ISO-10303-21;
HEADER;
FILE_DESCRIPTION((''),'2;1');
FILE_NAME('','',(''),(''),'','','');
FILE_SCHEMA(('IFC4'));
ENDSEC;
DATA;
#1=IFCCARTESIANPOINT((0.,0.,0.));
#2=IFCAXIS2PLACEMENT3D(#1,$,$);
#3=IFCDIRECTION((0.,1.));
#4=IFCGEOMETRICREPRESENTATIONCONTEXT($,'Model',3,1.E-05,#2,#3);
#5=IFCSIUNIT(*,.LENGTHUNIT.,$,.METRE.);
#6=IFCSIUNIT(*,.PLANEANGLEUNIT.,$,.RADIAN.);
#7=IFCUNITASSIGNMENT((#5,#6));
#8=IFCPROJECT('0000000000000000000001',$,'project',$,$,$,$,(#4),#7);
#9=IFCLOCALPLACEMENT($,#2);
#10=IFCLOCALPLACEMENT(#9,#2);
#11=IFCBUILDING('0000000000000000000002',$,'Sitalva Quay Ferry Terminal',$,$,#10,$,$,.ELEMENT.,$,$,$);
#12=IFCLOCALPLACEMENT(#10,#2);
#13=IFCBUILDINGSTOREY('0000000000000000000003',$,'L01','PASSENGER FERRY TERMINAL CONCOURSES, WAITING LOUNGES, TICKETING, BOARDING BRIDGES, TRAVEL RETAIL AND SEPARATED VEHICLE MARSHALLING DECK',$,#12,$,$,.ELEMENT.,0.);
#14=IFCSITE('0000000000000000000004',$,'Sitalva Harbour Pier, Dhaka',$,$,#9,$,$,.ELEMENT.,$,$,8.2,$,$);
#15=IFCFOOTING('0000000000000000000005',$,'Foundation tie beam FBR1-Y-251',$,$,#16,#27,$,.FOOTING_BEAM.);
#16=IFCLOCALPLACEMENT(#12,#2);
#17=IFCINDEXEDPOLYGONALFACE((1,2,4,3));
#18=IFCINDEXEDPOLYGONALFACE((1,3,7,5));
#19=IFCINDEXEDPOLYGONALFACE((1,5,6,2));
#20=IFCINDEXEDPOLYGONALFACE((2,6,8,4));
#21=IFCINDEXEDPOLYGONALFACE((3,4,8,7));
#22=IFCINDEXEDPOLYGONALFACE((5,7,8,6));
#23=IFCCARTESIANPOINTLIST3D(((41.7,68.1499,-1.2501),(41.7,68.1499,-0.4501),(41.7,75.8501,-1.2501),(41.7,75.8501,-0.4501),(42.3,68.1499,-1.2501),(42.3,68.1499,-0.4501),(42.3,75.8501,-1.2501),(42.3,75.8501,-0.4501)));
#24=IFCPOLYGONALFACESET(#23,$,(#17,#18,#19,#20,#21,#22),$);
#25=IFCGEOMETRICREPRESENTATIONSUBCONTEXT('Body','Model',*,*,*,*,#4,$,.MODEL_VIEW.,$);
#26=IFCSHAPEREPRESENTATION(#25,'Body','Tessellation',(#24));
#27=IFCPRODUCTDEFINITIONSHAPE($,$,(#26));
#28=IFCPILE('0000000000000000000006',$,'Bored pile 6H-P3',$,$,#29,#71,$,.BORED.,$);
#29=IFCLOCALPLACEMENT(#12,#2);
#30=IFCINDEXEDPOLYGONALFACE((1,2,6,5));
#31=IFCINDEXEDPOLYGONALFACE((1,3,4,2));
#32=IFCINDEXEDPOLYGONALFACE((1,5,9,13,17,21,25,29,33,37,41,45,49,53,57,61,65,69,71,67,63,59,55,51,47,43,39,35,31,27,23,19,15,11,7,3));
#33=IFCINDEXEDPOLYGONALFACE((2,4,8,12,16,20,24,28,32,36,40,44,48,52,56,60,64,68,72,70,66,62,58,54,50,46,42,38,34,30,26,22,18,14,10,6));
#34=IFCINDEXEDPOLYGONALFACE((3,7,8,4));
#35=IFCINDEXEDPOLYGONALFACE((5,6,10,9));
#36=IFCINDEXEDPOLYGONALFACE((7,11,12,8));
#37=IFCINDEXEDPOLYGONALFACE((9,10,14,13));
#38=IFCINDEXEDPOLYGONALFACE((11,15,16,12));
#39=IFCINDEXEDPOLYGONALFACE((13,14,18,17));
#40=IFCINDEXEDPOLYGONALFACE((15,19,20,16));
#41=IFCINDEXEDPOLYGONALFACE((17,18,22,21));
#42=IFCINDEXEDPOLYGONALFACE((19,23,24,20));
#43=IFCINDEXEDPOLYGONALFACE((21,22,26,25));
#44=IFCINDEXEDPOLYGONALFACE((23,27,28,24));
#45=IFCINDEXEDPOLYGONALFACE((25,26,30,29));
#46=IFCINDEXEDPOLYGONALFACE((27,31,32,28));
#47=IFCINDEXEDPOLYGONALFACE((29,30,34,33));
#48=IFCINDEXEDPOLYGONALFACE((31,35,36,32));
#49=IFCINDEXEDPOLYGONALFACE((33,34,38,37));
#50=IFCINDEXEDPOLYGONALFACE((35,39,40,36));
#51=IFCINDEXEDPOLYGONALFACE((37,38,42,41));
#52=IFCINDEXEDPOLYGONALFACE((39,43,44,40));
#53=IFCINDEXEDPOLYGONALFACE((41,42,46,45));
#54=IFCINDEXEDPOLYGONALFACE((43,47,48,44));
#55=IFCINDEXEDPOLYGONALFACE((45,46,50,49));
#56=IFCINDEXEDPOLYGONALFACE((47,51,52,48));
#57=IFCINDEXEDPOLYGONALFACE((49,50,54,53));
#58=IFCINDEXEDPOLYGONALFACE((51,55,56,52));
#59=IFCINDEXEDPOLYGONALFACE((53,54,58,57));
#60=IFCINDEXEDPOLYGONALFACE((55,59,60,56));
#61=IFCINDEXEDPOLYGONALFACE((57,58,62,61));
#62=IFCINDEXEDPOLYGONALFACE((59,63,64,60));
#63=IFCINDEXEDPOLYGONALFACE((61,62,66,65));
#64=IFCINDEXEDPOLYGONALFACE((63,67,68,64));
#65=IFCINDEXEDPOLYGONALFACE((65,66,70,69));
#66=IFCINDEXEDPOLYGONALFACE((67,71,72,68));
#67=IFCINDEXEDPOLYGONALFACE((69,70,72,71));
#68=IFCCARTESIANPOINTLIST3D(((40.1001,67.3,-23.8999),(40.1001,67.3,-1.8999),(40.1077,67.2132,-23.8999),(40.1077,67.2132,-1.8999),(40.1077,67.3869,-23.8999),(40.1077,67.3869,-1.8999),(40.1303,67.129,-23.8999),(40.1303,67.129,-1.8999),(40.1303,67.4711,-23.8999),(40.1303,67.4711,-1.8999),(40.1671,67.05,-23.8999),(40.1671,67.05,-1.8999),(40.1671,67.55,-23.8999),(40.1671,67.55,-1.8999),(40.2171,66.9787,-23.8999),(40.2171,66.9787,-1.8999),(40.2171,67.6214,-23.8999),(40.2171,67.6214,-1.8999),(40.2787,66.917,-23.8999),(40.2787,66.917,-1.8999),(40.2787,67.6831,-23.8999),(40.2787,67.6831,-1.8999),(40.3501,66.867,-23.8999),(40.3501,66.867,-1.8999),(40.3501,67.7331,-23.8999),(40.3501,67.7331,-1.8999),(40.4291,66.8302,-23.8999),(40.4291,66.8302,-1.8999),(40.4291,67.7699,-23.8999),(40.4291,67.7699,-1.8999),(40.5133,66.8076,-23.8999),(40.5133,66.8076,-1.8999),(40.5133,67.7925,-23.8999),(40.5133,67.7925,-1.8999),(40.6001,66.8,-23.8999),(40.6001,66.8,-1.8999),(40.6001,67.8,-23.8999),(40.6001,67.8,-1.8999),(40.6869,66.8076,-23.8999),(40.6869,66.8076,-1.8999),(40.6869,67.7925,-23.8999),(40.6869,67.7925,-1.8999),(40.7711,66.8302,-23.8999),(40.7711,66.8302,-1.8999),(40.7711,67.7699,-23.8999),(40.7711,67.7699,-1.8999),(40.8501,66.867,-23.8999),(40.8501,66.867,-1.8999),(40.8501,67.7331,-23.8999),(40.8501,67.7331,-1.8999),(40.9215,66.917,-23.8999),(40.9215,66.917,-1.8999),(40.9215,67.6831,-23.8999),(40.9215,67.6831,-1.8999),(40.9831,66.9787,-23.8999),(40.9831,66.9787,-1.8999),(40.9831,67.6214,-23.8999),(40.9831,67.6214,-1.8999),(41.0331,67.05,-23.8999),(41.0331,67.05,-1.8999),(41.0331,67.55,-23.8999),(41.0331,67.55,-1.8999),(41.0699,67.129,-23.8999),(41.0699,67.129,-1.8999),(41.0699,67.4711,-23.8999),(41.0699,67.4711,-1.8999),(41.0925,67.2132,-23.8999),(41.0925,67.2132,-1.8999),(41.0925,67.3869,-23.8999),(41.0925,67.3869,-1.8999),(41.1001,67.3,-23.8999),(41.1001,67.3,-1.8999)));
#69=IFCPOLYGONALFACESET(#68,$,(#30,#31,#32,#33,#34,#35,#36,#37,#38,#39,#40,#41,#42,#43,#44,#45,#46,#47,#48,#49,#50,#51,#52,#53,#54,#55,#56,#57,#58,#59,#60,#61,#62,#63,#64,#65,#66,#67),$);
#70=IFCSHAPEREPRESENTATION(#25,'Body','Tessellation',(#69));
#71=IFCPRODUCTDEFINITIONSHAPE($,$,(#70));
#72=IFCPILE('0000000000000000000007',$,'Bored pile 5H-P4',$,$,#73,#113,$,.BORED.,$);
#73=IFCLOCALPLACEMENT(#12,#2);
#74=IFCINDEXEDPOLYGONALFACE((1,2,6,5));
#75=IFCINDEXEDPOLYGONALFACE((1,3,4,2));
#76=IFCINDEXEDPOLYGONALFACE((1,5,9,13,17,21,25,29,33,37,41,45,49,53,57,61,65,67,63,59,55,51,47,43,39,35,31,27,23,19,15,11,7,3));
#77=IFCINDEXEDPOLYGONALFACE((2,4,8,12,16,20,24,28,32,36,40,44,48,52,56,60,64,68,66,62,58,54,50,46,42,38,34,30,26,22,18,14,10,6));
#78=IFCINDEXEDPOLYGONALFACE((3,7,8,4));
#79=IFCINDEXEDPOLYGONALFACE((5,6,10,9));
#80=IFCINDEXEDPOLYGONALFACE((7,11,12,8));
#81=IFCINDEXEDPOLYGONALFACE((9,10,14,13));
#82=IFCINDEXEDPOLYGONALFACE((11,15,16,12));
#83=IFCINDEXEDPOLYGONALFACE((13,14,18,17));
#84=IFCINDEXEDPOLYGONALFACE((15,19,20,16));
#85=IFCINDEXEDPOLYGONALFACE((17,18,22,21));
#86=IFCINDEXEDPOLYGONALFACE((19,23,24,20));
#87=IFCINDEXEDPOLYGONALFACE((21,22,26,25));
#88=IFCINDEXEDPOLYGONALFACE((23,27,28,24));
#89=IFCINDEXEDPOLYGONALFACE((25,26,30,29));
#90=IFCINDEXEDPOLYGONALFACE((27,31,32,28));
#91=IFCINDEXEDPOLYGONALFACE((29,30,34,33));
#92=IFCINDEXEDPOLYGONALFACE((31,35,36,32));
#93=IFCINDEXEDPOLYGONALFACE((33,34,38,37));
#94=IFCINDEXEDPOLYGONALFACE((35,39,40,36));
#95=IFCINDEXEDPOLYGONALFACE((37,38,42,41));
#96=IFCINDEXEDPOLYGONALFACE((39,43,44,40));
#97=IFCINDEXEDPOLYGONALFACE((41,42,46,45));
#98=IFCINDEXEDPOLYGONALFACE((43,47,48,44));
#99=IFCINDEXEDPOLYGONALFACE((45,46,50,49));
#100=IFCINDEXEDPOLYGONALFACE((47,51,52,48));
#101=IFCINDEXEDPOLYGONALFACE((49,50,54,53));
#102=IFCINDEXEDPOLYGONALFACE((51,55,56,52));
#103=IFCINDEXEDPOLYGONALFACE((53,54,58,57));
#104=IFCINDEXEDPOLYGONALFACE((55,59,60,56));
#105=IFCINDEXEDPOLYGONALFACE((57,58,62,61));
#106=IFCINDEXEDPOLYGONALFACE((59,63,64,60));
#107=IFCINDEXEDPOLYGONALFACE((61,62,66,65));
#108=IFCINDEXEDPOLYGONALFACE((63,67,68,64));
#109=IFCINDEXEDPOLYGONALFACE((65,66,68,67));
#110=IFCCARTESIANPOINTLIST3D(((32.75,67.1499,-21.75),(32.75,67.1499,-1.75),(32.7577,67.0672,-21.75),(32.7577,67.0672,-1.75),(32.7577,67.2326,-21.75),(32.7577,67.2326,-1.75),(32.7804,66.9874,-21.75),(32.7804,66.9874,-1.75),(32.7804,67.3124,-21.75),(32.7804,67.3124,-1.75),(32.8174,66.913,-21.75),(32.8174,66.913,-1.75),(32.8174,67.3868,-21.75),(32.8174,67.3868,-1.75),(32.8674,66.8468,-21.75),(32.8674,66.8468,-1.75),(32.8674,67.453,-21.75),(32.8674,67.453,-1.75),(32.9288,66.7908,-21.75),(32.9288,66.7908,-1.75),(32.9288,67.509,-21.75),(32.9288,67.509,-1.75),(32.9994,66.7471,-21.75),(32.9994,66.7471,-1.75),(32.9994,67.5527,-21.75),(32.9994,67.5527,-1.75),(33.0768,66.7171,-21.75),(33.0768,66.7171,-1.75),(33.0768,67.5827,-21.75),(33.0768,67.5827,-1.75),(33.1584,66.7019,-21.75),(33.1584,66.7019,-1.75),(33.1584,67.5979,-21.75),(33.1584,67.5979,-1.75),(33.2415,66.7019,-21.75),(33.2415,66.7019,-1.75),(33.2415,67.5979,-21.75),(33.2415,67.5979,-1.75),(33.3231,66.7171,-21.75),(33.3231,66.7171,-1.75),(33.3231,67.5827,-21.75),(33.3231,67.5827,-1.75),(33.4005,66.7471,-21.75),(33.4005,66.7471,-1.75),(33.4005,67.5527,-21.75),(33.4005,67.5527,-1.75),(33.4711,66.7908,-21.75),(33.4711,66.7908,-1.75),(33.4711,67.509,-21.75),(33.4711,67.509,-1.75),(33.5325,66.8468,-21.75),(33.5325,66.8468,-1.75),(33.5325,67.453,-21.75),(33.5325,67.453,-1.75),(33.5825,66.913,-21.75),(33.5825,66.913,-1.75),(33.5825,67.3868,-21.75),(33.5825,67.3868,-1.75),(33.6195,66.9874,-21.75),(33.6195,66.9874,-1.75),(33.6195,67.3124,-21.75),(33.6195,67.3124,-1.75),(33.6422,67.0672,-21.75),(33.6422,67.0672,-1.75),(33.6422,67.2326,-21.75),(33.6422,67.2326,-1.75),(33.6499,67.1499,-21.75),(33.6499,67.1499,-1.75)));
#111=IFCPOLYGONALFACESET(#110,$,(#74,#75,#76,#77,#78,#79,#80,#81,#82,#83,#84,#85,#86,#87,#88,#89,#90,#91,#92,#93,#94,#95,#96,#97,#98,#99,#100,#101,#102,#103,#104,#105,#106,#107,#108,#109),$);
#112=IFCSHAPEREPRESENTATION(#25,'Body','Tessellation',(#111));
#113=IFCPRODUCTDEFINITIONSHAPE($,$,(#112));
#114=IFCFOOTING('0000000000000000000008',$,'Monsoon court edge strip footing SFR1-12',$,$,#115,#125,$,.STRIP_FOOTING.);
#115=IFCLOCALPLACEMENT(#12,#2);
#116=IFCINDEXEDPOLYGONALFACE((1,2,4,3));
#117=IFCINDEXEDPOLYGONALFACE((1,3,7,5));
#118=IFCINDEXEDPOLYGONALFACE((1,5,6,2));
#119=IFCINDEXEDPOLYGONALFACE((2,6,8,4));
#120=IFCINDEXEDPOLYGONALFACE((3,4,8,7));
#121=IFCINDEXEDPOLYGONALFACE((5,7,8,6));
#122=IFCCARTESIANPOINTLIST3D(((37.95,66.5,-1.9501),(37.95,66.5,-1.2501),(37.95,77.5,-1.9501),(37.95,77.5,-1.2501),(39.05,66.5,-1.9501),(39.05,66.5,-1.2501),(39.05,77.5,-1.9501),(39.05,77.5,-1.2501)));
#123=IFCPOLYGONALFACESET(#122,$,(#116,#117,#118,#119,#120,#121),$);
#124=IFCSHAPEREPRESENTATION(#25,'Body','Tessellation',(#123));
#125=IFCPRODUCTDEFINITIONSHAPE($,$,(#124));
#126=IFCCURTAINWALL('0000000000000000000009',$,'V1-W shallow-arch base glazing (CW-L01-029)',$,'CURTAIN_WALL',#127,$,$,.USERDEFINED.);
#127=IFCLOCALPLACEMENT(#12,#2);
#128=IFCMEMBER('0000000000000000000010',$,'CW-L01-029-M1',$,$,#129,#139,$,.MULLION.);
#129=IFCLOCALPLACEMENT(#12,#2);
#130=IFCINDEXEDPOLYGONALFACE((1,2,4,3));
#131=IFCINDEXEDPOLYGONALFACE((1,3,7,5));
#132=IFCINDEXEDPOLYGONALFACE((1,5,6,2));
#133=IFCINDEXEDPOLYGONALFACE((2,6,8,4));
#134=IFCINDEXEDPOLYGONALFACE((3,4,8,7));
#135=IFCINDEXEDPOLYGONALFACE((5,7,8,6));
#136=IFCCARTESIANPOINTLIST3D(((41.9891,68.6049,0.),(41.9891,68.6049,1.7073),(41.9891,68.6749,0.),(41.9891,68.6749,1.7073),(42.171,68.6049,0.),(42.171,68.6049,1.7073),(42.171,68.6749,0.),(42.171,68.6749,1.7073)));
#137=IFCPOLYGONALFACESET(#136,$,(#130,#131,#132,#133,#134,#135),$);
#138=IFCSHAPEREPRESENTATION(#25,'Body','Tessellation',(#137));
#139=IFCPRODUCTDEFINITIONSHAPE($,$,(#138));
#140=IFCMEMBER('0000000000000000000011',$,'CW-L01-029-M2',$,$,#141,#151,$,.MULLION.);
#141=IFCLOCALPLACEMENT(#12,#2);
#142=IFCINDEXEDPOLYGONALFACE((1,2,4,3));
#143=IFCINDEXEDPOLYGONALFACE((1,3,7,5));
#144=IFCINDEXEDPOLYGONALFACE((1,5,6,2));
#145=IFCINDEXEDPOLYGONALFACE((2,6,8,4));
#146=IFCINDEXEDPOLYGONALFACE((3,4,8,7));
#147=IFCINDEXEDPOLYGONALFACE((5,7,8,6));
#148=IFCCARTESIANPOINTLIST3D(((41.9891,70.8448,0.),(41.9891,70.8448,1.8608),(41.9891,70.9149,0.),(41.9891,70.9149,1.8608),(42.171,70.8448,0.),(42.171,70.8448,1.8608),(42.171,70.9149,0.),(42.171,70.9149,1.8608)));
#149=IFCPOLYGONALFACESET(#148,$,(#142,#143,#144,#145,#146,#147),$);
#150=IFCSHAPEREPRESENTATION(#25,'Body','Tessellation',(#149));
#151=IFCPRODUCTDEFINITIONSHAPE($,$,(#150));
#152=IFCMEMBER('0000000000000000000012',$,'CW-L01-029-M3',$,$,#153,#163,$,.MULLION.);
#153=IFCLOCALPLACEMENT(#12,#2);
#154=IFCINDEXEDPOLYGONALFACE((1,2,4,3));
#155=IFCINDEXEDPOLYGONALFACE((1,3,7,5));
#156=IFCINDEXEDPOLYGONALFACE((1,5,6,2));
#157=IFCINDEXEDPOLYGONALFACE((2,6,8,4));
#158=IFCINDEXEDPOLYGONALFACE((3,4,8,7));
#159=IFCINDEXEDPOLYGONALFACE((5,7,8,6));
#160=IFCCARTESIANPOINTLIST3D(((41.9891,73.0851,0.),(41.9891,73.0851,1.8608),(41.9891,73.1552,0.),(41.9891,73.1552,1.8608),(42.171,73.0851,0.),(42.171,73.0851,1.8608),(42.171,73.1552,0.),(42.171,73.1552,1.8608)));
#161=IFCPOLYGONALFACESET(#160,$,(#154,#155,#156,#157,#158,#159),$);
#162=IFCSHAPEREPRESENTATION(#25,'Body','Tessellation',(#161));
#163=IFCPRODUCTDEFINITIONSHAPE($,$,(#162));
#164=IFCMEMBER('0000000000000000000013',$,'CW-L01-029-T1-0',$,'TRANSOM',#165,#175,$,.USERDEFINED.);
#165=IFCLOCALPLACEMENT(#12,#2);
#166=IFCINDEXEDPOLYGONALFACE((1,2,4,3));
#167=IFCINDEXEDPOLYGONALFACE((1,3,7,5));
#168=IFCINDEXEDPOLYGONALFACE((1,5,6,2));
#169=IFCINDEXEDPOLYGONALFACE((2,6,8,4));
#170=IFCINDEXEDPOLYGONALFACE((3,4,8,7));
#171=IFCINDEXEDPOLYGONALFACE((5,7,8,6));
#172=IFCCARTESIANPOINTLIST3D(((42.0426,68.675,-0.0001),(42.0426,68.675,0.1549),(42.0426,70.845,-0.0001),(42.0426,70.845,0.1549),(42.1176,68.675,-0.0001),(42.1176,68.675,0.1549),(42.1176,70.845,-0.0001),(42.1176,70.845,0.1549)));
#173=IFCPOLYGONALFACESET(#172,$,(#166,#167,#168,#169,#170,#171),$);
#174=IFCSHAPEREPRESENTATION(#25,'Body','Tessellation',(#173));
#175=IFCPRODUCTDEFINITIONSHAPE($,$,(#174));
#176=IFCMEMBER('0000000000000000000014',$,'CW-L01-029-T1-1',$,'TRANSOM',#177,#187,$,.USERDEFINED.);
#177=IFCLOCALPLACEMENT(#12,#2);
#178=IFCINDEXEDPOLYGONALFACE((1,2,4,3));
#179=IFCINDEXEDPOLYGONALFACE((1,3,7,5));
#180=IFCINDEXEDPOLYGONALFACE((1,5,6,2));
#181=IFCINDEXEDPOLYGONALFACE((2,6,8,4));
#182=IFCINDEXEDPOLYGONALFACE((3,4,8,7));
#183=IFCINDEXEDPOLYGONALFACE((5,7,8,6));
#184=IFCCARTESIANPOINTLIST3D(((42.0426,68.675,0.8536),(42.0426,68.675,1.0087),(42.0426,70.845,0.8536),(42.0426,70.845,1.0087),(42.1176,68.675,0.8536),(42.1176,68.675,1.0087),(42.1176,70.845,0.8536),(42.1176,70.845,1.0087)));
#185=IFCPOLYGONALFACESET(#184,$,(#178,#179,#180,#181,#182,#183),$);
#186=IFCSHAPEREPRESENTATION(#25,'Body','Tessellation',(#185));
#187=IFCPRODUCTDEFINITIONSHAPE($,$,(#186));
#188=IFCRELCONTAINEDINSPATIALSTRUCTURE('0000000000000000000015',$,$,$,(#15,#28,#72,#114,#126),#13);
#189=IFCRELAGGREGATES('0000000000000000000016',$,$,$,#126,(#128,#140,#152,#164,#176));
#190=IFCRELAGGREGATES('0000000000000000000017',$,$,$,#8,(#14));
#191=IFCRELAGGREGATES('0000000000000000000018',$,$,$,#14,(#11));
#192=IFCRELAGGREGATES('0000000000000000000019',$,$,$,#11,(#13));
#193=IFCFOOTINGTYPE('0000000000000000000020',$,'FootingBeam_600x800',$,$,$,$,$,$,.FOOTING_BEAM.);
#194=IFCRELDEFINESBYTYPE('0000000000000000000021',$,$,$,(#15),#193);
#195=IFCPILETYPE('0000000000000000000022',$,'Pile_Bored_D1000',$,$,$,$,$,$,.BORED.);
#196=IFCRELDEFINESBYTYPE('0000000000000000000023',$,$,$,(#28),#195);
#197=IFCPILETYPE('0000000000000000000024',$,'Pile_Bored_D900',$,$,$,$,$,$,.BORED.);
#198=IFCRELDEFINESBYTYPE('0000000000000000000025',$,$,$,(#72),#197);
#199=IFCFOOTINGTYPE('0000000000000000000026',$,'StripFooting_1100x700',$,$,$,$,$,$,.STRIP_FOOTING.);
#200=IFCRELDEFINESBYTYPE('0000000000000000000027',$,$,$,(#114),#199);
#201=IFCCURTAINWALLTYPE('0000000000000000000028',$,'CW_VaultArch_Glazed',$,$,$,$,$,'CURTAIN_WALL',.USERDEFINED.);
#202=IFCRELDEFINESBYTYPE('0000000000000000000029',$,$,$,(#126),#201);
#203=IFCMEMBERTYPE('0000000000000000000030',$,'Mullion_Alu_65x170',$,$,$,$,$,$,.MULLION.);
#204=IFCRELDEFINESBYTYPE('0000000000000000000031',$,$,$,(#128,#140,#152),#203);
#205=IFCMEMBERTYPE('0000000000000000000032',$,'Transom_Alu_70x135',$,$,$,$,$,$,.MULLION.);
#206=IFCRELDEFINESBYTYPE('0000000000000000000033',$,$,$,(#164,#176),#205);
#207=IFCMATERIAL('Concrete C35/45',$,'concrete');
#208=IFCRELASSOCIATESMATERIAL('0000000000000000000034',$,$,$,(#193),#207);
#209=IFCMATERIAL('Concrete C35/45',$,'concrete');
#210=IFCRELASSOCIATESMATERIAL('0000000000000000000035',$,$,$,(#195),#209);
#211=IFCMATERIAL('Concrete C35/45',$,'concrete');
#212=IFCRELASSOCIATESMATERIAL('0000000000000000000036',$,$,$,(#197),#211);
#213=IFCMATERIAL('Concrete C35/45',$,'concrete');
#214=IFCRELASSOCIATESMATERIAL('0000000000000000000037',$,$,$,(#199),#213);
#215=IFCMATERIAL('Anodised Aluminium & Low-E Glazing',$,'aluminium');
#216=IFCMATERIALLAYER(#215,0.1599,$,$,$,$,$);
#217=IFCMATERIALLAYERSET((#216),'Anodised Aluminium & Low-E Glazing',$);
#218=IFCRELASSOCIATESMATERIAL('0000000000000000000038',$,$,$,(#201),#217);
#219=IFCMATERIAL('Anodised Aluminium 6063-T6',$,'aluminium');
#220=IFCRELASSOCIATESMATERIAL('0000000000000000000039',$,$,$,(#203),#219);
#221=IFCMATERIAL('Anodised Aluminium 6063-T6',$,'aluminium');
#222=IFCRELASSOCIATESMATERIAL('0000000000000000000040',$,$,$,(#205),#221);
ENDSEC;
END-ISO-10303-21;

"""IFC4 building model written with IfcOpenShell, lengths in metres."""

from ifc_helpers import new_model, si_unit, direction, frame, origin, origin_2d, place, context, subcontext, project, spatial, rectangle, circle, extrude, material, layer, layer_set, material_profile, profile_set, type_object, element, aggregate, save


model = new_model("IFC4")

# Units and contexts
model_context = context("Model", 3, precision=1e-05, world=origin(), true_north=direction((0.0, 1.0)))
body_context = subcontext(model_context, "Body", "Model", "MODEL_VIEW")
ifc_project = project(units=[si_unit("LENGTHUNIT", "METRE"), si_unit("PLANEANGLEUNIT", "RADIAN")], contexts=[model_context])

# Site, building, storey
site_placement = place(None, origin())
site = spatial("IfcSite", under=ifc_project, at=site_placement, Name="Sitalva Harbour Pier, Dhaka", CompositionType="ELEMENT", RefElevation=8.2)
building_placement = place(site_placement, origin())
building = spatial("IfcBuilding", under=site, at=building_placement, Name="Sitalva Quay Ferry Terminal", CompositionType="ELEMENT")
storey_placement = place(building_placement, origin())
storey = spatial("IfcBuildingStorey", under=building, at=storey_placement, Name="L01", Description="PASSENGER FERRY TERMINAL CONCOURSES, WAITING LOUNGES, TICKETING, BOARDING BRIDGES, TRAVEL RETAIL AND SEPARATED VEHICLE MARSHALLING DECK", CompositionType="ELEMENT", Elevation=0.0)

# Footing
ifc_material_1 = material(Name="Concrete C35/45", Category="concrete")
ifc_material_profile_1 = material_profile(ifc_material_1, rectangle(XDim=0.6001, YDim=0.8, at=origin_2d()), Name="RC600x800")
ifc_profile_set_1 = profile_set([ifc_material_profile_1], Name="Concrete C35/45")
footing_type_1 = type_object("IfcFootingType", Name="FootingBeam_600x800", PredefinedType="FOOTING_BEAM", material=ifc_profile_set_1)
footing_1_placement = place(storey_placement, frame((42.0, 68.1499, -0.8501), z_axis=(0.0, 1.0, 0.0), x_axis=(-1.0, 0.0, 0.0)))
element("IfcFooting", 1, at=footing_1_placement, inside=storey, type_object=footing_type_1, Name="Foundation tie beam FBR1-Y-251", PredefinedType="FOOTING_BEAM", context=body_context, shape_type="SweptSolid", body=[
    extrude(rectangle(XDim=0.6001, YDim=0.8, at=origin_2d()), origin(), (0.0, 0.0, 1.0), 7.7002),
])

# Piles
ifc_material_2 = material(Name="Concrete C35/45", Category="concrete")
ifc_material_profile_2 = material_profile(ifc_material_2, circle(Radius=0.5, at=origin_2d()), Name="PILE-D1000")
ifc_profile_set_2 = profile_set([ifc_material_profile_2], Name="Concrete C35/45")
pile_type_1 = type_object("IfcPileType", Name="Pile_Bored_D1000", PredefinedType="BORED", material=ifc_profile_set_2)
pile_1_placement = place(storey_placement, frame((40.6001, 67.3, -1.8999), z_axis=(0.0, 0.0, -1.0), x_axis=(1.0, 0.0, 0.0)))
element("IfcPile", 2, at=pile_1_placement, inside=storey, type_object=pile_type_1, Name="Bored pile 6H-P3", PredefinedType="BORED", context=body_context, shape_type="SweptSolid", body=[
    extrude(circle(Radius=0.5, at=origin_2d()), origin(), (0.0, 0.0, 1.0), 22.0),
])
ifc_material_3 = material(Name="Concrete C35/45", Category="concrete")
ifc_material_profile_3 = material_profile(ifc_material_3, circle(Radius=0.45, at=origin_2d()), Name="PILE-D900")
ifc_profile_set_3 = profile_set([ifc_material_profile_3], Name="Concrete C35/45")
pile_type_2 = type_object("IfcPileType", Name="Pile_Bored_D900", PredefinedType="BORED", material=ifc_profile_set_3)
pile_2_placement = place(storey_placement, frame((33.2, 67.1499, -1.75), z_axis=(0.0, 0.0, -1.0), x_axis=(1.0, 0.0, 0.0)))
element("IfcPile", 3, at=pile_2_placement, inside=storey, type_object=pile_type_2, Name="Bored pile 5H-P4", PredefinedType="BORED", context=body_context, shape_type="SweptSolid", body=[
    extrude(circle(Radius=0.45, at=origin_2d()), origin(), (0.0, 0.0, 1.0), 20.0),
])

# Footing
ifc_material_4 = material(Name="Concrete C35/45", Category="concrete")
ifc_material_profile_4 = material_profile(ifc_material_4, rectangle(XDim=1.1001, YDim=0.7, at=origin_2d()), Name="RC1100x700")
ifc_profile_set_4 = profile_set([ifc_material_profile_4], Name="Concrete C35/45")
footing_type_2 = type_object("IfcFootingType", Name="StripFooting_1100x700", PredefinedType="STRIP_FOOTING", material=ifc_profile_set_4)
footing_2_placement = place(storey_placement, frame((38.5, 66.5, -1.6001), z_axis=(0.0, 1.0, 0.0), x_axis=(-1.0, 0.0, 0.0)))
element("IfcFooting", 4, at=footing_2_placement, inside=storey, type_object=footing_type_2, Name="Monsoon court edge strip footing SFR1-12", PredefinedType="STRIP_FOOTING", context=body_context, shape_type="SweptSolid", body=[
    extrude(rectangle(XDim=1.1001, YDim=0.7, at=origin_2d()), origin(), (0.0, 0.0, 1.0), 11.0),
])

# Curtain wall, members
ifc_material_5 = material(Name="Anodised Aluminium & Low-E Glazing", Category="aluminium")
ifc_layer_1 = layer(ifc_material_5, 0.1599)
ifc_layer_set_1 = layer_set([ifc_layer_1], Name="Anodised Aluminium & Low-E Glazing")
curtain_wall_type = type_object("IfcCurtainWallType", Name="CW_VaultArch_Glazed", ElementType="CURTAIN_WALL", PredefinedType="USERDEFINED", material=ifc_layer_set_1)
curtain_wall_placement = place(storey_placement, origin())
curtain_wall = element("IfcCurtainWall", 5, at=curtain_wall_placement, inside=storey, type_object=curtain_wall_type, Name="V1-W shallow-arch base glazing (CW-L01-029)", ObjectType="CURTAIN_WALL", PredefinedType="USERDEFINED")
ifc_material_6 = material(Name="Anodised Aluminium 6063-T6", Category="aluminium")
ifc_material_profile_5 = material_profile(ifc_material_6, rectangle(XDim=0.0701, YDim=0.1819, at=origin_2d()), Name="ALU70x182")
ifc_profile_set_5 = profile_set([ifc_material_profile_5], Name="Anodised Aluminium 6063-T6")
member_type_1 = type_object("IfcMemberType", Name="Mullion_Alu_65x170", PredefinedType="MULLION", material=ifc_profile_set_5)
member_1_placement = place(storey_placement, frame((42.0801, 68.6399, 0.0), z_axis=(0.0, 0.0, 1.0), x_axis=(0.0, 1.0, 0.0)))
member_1 = element("IfcMember", 6, at=member_1_placement, type_object=member_type_1, Name="CW-L01-029-M1", PredefinedType="MULLION", context=body_context, shape_type="SweptSolid", body=[
    extrude(rectangle(XDim=0.0701, YDim=0.1819, at=origin_2d()), origin(), (0.0, 0.0, 1.0), 1.7073),
])
member_2_placement = place(storey_placement, frame((42.0801, 70.8799, 0.0), z_axis=(0.0, 0.0, 1.0), x_axis=(0.0, 1.0, 0.0)))
member_2 = element("IfcMember", 7, at=member_2_placement, type_object=member_type_1, Name="CW-L01-029-M2", PredefinedType="MULLION", context=body_context, shape_type="SweptSolid", body=[
    extrude(rectangle(XDim=0.0701, YDim=0.1819, at=origin_2d()), origin(), (0.0, 0.0, 1.0), 1.8608),
])
member_3_placement = place(storey_placement, frame((42.0801, 73.1201, 0.0), z_axis=(0.0, 0.0, 1.0), x_axis=(0.0, 1.0, 0.0)))
member_3 = element("IfcMember", 8, at=member_3_placement, type_object=member_type_1, Name="CW-L01-029-M3", PredefinedType="MULLION", context=body_context, shape_type="SweptSolid", body=[
    extrude(rectangle(XDim=0.0701, YDim=0.1819, at=origin_2d()), origin(), (0.0, 0.0, 1.0), 1.8608),
])
ifc_material_7 = material(Name="Anodised Aluminium 6063-T6", Category="aluminium")
ifc_material_profile_6 = material_profile(ifc_material_7, rectangle(XDim=0.075, YDim=0.155, at=origin_2d()), Name="ALU75x155")
ifc_profile_set_6 = profile_set([ifc_material_profile_6], Name="Anodised Aluminium 6063-T6")
member_type_2 = type_object("IfcMemberType", Name="Transom_Alu_70x135", PredefinedType="MULLION", material=ifc_profile_set_6)
member_4_placement = place(storey_placement, frame((42.0801, 68.675, 0.0774), z_axis=(0.0, 1.0, 0.0), x_axis=(-1.0, 0.0, 0.0)))
member_4 = element("IfcMember", 9, at=member_4_placement, type_object=member_type_2, Name="CW-L01-029-T1-0", ObjectType="TRANSOM", PredefinedType="USERDEFINED", context=body_context, shape_type="SweptSolid", body=[
    extrude(rectangle(XDim=0.075, YDim=0.155, at=origin_2d()), origin(), (0.0, 0.0, 1.0), 2.1699),
])
member_5_placement = place(storey_placement, frame((42.0801, 68.675, 0.9312), z_axis=(0.0, 1.0, 0.0), x_axis=(-1.0, 0.0, 0.0)))
member_5 = element("IfcMember", 10, at=member_5_placement, type_object=member_type_2, Name="CW-L01-029-T1-1", ObjectType="TRANSOM", PredefinedType="USERDEFINED", context=body_context, shape_type="SweptSolid", body=[
    extrude(rectangle(XDim=0.075, YDim=0.155, at=origin_2d()), origin(), (0.0, 0.0, 1.0), 2.1699),
])
aggregate(curtain_wall, [member_1, member_2, member_3, member_4, member_5])

save(model, "model.ifc")
